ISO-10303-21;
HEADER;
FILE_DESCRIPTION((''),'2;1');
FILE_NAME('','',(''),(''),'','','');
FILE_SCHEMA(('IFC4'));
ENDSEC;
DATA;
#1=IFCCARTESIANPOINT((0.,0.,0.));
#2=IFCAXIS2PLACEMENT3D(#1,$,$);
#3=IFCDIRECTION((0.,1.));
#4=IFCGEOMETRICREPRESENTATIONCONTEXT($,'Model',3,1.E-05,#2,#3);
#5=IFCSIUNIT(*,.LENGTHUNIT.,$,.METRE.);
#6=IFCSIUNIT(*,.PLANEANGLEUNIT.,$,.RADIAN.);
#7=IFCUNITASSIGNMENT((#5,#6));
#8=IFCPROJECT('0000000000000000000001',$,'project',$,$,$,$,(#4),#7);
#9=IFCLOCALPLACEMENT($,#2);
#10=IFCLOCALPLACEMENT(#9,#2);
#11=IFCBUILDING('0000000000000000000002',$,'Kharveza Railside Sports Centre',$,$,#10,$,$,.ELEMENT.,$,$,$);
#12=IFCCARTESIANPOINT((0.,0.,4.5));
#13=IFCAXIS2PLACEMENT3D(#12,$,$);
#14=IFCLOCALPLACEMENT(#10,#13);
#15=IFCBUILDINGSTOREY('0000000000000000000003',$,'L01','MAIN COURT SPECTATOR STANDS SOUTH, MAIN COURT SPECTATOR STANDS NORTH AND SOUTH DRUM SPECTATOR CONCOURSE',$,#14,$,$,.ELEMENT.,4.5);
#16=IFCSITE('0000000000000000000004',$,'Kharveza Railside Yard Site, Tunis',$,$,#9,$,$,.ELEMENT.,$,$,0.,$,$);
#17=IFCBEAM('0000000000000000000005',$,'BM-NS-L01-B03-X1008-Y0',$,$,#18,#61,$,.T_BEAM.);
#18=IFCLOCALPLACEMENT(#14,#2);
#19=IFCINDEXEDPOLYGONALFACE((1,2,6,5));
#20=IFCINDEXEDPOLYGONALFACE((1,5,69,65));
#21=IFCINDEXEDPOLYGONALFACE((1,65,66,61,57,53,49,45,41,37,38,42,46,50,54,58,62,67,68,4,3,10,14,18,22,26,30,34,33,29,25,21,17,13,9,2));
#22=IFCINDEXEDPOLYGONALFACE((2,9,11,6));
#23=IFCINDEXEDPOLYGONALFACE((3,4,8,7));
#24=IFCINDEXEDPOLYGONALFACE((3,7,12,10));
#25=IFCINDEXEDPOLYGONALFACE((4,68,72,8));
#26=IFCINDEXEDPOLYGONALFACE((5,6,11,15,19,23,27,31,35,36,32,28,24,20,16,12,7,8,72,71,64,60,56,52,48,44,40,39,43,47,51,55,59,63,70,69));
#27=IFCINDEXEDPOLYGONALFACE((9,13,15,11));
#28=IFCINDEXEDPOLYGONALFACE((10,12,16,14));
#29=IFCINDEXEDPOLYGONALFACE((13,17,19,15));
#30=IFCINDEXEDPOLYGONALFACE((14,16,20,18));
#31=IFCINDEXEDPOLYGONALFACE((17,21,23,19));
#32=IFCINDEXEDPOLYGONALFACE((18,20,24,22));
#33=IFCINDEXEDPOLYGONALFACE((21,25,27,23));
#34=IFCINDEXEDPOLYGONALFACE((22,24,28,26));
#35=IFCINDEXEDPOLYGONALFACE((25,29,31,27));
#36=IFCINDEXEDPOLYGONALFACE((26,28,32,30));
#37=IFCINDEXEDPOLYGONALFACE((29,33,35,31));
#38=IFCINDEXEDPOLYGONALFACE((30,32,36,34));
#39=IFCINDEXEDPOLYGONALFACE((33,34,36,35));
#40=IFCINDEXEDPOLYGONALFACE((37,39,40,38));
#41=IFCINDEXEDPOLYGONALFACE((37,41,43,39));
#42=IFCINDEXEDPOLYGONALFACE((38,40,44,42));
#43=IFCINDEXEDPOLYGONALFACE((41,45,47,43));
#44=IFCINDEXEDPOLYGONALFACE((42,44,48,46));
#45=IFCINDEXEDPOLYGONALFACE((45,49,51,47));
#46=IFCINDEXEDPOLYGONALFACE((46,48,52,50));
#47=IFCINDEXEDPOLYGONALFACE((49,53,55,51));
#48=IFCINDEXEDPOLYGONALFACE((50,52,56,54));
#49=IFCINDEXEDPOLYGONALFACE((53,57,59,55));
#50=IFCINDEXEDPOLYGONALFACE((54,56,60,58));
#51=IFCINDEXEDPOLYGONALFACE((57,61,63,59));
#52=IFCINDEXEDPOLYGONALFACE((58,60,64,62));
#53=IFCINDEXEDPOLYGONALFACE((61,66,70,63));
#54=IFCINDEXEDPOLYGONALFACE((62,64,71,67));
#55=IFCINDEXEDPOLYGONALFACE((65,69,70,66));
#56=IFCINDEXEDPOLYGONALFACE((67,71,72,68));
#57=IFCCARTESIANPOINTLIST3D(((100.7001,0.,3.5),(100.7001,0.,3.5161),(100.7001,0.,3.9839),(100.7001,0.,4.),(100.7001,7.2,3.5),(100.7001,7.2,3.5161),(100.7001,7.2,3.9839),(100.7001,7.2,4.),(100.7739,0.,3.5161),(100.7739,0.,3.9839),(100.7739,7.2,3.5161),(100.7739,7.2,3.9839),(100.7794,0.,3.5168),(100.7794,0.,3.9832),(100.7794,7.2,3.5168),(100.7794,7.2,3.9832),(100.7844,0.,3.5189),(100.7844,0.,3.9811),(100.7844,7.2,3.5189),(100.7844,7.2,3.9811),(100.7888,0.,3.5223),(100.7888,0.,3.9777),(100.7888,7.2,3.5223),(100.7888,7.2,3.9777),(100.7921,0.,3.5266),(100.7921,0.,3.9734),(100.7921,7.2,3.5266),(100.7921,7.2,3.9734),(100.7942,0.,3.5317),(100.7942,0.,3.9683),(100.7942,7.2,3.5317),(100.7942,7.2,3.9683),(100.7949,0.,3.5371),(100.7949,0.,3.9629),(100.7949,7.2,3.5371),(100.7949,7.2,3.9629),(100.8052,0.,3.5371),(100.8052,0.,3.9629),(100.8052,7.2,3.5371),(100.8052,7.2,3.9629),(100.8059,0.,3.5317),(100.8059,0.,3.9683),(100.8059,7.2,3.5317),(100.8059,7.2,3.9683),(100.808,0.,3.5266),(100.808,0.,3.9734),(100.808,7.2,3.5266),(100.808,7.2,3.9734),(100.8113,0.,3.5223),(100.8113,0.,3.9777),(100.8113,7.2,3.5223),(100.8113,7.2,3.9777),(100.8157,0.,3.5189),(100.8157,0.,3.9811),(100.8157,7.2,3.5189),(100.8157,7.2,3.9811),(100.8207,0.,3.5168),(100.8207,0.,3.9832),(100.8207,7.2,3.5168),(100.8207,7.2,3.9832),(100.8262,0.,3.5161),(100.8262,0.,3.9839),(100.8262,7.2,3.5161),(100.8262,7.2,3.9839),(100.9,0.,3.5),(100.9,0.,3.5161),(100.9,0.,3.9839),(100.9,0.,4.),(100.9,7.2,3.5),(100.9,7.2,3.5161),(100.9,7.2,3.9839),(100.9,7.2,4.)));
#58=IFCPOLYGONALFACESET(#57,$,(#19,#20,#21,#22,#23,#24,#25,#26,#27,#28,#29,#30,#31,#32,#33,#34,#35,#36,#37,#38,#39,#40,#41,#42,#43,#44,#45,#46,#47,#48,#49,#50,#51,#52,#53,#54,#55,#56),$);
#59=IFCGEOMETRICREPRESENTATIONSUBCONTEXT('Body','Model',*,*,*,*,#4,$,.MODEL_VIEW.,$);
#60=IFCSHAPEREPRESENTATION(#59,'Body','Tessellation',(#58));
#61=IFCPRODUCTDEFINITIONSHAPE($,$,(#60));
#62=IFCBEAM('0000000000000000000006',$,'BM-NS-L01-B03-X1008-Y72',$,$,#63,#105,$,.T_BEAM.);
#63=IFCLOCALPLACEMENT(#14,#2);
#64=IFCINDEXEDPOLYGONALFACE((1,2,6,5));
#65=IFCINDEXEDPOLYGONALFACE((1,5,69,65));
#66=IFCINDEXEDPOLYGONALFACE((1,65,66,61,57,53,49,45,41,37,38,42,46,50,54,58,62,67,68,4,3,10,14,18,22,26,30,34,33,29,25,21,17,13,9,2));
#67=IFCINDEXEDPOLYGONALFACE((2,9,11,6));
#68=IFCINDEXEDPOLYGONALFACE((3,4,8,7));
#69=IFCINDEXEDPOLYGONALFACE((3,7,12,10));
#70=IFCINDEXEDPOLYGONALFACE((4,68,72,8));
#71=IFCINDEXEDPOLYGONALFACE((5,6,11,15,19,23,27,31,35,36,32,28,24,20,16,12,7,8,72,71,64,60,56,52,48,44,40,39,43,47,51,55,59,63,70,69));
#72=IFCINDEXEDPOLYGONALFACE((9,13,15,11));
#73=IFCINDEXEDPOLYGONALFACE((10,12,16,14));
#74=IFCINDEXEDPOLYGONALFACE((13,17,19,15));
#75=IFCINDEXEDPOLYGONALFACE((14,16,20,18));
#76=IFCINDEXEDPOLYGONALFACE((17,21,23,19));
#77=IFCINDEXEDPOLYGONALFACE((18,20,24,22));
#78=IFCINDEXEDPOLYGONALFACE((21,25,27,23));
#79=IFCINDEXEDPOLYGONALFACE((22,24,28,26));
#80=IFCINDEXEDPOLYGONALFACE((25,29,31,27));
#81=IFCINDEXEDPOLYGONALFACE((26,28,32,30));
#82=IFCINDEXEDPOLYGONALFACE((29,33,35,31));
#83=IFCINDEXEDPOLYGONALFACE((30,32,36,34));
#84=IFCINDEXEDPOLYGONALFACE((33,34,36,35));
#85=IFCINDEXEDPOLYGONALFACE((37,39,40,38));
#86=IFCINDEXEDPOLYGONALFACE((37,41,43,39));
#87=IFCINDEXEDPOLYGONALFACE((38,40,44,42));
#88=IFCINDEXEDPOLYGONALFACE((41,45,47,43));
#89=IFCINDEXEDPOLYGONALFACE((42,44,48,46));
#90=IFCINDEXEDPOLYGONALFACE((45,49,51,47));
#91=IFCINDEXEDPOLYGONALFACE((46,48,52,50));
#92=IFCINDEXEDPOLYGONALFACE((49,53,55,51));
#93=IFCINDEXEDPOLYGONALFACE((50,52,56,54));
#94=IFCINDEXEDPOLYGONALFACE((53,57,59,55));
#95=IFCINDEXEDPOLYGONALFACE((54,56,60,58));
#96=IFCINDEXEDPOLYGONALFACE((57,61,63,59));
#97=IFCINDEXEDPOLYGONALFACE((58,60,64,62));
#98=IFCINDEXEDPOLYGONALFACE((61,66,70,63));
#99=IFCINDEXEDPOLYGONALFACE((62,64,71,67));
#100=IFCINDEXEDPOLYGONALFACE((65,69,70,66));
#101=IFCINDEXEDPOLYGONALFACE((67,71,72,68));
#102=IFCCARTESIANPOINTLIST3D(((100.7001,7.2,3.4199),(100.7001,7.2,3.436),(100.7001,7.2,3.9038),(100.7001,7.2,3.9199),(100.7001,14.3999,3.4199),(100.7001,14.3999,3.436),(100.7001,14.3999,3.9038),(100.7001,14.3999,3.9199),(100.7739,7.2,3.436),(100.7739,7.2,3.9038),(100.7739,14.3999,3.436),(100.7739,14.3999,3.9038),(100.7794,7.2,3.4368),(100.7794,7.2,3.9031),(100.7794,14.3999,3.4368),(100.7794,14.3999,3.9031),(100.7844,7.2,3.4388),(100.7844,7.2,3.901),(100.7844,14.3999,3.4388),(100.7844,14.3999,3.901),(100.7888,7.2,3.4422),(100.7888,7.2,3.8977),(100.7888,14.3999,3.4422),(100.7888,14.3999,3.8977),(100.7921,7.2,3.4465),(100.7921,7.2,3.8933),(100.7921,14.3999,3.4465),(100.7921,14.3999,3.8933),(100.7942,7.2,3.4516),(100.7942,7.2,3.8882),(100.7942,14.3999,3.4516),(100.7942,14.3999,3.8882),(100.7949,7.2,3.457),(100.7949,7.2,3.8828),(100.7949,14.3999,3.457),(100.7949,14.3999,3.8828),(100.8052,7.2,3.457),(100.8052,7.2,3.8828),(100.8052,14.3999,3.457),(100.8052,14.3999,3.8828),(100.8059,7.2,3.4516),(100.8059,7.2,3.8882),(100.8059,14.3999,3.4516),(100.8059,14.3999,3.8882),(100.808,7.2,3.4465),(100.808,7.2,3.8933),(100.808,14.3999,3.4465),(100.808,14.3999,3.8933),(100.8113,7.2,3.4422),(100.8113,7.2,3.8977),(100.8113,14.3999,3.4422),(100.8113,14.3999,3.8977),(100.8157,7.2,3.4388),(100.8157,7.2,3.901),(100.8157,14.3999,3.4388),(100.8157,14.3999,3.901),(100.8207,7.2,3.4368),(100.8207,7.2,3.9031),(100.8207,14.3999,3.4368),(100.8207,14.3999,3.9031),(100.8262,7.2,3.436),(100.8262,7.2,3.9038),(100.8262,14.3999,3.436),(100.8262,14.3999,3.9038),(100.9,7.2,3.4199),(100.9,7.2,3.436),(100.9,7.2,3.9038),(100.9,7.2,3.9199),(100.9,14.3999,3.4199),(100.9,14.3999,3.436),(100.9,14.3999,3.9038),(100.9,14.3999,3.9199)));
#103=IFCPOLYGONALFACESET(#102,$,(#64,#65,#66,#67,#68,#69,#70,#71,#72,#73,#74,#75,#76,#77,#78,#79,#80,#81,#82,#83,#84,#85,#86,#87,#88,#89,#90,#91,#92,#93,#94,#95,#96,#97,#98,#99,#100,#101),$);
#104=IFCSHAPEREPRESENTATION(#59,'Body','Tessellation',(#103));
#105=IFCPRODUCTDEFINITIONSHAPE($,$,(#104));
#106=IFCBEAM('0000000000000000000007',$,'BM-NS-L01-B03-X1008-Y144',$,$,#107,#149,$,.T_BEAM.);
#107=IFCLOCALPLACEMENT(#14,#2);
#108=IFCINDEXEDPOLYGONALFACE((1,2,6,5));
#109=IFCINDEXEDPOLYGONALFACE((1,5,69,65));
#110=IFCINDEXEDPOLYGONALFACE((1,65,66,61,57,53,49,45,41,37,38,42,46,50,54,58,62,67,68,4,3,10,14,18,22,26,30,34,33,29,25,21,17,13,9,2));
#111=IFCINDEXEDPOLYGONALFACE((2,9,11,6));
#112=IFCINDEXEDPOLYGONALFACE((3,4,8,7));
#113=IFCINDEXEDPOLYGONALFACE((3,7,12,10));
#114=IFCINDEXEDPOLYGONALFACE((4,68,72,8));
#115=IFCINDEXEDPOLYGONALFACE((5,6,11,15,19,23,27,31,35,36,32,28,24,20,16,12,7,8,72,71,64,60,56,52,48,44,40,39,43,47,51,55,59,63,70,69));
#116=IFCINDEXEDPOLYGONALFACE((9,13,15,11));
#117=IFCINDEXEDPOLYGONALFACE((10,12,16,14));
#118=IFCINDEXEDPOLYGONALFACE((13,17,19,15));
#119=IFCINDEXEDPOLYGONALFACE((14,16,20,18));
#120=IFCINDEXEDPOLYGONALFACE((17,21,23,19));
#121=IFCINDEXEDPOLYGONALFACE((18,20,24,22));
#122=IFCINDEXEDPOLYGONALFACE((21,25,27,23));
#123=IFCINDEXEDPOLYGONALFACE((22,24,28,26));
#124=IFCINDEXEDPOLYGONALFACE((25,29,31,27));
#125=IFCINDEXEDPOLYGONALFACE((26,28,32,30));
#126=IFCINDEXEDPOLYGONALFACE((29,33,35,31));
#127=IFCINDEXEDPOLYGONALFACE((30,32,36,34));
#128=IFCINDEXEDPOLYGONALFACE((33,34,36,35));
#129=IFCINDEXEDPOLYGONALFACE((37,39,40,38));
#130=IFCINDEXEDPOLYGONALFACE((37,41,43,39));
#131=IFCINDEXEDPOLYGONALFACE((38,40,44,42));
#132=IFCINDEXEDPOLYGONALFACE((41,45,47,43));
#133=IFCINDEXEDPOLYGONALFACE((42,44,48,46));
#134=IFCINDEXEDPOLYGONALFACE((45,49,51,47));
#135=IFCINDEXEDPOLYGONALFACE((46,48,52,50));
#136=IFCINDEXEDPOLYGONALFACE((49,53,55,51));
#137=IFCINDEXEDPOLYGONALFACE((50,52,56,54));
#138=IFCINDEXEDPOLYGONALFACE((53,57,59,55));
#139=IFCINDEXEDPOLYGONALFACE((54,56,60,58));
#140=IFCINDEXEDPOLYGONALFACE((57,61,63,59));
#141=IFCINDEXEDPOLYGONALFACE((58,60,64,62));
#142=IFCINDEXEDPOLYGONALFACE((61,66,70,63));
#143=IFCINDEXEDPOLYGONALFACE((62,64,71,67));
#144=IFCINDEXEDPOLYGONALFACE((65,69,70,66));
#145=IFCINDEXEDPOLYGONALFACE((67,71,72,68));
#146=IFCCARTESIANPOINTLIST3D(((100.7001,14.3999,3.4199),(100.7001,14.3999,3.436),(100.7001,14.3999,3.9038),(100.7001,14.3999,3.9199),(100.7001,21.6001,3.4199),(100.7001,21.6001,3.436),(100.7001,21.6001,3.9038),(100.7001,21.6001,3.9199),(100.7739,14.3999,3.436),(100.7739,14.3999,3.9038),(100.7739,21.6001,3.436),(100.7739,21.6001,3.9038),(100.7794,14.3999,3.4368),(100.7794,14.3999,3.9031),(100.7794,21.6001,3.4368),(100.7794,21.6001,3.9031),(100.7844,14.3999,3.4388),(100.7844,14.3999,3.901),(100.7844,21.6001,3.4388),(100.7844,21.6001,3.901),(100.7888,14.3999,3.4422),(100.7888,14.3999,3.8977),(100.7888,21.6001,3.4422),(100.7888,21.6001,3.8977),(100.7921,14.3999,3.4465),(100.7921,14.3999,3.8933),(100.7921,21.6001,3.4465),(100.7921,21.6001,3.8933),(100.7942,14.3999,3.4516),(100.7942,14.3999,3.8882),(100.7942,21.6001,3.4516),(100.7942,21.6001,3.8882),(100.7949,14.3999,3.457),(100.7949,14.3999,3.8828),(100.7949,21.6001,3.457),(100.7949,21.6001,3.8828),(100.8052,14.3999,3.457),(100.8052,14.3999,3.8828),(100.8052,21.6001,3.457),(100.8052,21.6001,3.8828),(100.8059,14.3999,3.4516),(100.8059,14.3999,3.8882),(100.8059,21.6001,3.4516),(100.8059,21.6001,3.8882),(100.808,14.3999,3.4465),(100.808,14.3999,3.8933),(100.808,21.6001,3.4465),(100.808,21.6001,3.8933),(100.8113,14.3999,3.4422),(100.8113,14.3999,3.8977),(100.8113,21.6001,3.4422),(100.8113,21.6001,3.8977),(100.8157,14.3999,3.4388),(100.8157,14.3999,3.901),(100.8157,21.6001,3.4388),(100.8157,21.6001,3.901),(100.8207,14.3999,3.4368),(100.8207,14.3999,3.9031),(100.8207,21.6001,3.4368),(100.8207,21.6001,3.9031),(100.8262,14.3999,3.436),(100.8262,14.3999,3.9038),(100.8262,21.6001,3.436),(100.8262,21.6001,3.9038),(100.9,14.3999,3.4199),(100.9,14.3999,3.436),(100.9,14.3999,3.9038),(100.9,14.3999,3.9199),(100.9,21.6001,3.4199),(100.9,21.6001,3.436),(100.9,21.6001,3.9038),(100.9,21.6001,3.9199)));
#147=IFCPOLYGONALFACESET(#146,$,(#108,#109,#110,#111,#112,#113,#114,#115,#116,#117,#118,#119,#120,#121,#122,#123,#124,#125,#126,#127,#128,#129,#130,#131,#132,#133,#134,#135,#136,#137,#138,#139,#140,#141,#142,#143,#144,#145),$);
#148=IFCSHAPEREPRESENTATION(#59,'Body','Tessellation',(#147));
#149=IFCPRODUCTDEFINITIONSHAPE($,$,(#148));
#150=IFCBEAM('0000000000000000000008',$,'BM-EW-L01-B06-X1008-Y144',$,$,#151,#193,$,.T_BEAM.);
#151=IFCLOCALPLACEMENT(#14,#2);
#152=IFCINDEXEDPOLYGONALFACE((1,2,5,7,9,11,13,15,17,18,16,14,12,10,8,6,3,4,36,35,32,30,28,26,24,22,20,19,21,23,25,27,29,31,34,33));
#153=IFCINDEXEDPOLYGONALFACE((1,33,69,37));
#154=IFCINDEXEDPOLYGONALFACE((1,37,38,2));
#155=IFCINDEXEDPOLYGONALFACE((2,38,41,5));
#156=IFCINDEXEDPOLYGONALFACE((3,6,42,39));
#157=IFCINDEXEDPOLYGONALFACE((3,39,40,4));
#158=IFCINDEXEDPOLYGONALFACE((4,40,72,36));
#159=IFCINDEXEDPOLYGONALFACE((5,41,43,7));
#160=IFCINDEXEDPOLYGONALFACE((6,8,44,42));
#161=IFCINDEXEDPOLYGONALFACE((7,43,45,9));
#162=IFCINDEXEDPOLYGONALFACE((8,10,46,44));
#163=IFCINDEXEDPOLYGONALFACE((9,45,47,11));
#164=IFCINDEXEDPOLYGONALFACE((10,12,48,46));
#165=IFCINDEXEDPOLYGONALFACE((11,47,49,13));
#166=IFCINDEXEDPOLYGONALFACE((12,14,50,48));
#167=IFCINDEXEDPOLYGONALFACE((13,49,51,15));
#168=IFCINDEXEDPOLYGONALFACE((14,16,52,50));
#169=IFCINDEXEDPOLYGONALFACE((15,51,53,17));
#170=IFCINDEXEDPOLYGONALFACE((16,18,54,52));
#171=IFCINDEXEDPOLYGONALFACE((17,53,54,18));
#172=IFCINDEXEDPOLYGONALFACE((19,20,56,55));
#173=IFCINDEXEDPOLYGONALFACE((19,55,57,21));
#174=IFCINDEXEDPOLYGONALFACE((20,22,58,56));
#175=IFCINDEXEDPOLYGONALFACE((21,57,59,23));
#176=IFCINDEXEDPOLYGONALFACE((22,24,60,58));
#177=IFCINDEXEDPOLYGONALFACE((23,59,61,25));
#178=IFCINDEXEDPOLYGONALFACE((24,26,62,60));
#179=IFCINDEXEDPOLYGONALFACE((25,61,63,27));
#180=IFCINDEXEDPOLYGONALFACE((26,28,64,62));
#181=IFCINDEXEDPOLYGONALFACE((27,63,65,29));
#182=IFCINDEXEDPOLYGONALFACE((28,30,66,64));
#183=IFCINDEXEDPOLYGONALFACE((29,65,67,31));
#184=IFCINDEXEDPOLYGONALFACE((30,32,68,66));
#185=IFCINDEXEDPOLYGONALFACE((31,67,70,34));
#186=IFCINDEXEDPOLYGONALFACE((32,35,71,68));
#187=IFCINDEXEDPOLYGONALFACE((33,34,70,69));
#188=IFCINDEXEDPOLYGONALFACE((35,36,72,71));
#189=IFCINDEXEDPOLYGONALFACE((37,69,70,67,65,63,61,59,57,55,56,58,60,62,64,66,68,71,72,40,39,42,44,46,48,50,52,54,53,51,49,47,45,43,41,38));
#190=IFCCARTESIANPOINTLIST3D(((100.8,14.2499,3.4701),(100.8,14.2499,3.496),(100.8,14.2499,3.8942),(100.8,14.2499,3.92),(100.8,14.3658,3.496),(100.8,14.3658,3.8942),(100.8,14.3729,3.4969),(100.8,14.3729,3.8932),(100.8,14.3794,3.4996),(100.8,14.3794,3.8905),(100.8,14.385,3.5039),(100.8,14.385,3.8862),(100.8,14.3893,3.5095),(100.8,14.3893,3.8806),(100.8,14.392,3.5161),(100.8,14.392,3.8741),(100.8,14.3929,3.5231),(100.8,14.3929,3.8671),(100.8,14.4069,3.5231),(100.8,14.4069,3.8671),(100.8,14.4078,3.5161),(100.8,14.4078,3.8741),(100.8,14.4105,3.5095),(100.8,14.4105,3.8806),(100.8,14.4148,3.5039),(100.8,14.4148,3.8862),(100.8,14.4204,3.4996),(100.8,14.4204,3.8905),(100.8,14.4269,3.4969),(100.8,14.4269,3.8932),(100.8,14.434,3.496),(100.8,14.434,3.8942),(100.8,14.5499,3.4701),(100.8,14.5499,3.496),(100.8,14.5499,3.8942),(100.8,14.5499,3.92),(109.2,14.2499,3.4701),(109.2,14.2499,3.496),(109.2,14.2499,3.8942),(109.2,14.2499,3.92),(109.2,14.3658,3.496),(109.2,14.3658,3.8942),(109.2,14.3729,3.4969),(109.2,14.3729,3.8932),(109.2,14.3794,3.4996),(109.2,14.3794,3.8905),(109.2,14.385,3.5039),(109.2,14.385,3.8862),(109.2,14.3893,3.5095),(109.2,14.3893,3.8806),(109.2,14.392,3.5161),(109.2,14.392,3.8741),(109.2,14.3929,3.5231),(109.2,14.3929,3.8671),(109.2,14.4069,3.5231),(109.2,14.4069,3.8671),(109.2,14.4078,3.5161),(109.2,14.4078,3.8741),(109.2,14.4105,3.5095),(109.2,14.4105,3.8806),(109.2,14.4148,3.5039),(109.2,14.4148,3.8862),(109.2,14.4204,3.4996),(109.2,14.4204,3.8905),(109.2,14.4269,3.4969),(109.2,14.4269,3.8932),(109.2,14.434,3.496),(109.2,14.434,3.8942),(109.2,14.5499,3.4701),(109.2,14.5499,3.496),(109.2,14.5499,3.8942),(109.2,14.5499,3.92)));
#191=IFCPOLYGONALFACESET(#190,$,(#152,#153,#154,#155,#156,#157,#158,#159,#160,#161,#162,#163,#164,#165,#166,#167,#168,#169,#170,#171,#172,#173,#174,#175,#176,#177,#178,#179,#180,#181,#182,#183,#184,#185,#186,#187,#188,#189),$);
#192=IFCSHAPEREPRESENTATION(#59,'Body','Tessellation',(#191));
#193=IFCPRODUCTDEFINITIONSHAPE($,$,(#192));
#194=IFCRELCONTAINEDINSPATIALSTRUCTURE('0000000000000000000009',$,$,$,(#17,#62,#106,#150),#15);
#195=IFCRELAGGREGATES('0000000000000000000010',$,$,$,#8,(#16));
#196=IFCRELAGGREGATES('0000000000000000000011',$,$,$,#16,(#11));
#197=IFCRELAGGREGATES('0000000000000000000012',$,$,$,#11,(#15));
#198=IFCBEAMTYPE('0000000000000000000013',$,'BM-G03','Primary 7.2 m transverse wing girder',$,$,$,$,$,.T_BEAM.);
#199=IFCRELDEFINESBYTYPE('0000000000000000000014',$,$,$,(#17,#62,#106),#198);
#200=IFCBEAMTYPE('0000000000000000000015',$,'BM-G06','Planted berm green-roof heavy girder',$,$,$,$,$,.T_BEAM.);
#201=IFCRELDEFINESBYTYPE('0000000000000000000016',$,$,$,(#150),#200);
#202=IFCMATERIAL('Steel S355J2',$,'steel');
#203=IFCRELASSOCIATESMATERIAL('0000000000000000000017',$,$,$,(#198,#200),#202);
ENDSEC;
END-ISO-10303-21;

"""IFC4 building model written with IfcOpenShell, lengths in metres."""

from ifc_helpers import new_model, si_unit, direction, frame, origin, origin_2d, place, context, subcontext, project, spatial, i_section, extrude, material, material_profile, profile_set, type_object, element, save


model = new_model("IFC4")

# Units and contexts
model_context = context("Model", 3, precision=1e-05, world=origin(), true_north=direction((0.0, 1.0)))
body_context = subcontext(model_context, "Body", "Model", "MODEL_VIEW")
ifc_project = project(units=[si_unit("LENGTHUNIT", "METRE"), si_unit("PLANEANGLEUNIT", "RADIAN")], contexts=[model_context])

# Site, building, storey
site_placement = place(None, origin())
site = spatial("IfcSite", under=ifc_project, at=site_placement, Name="Kharveza Railside Yard Site, Tunis", CompositionType="ELEMENT", RefElevation=0.0)
building_placement = place(site_placement, origin())
building = spatial("IfcBuilding", under=site, at=building_placement, Name="Kharveza Railside Sports Centre", CompositionType="ELEMENT")
storey_placement = place(building_placement, frame((0.0, 0.0, 4.5)))
storey = spatial("IfcBuildingStorey", under=building, at=storey_placement, Name="L01", Description="MAIN COURT SPECTATOR STANDS SOUTH, MAIN COURT SPECTATOR STANDS NORTH AND SOUTH DRUM SPECTATOR CONCOURSE", CompositionType="ELEMENT", Elevation=4.5)

# Shared definitions
ifc_material_1 = material(Name="Steel S355J2", Category="steel")

# Beams
ifc_material_profile_1 = material_profile(ifc_material_1, i_section(OverallWidth=0.2, OverallDepth=0.5, WebThickness=0.0103, FlangeThickness=0.0161, FilletRadius=0.021, at=origin_2d()), Name="IPE 500")
ifc_profile_set_1 = profile_set([ifc_material_profile_1], Name="Steel S355J2")
beam_type_1 = type_object("IfcBeamType", Name="BM-G03", Description="Primary 7.2 m transverse wing girder", PredefinedType="T_BEAM", material=ifc_profile_set_1)
for number, where, z_axis, x_axis, name in (
    (1, (100.8, 0.0, 3.75), (0.0, 1.0, 0.0), (-1.0, 0.0, 0.0), "BM-NS-L01-B03-X1008-Y0"),
    (2, (100.8, 7.2, 3.6699), (0.0, 1.0, 0.0), (-1.0, 0.0, 0.0), "BM-NS-L01-B03-X1008-Y72"),
):
    element("IfcBeam", number, at=place(storey_placement, frame(where, z_axis=z_axis, x_axis=x_axis)), inside=storey, type_object=beam_type_1, Name=name, PredefinedType="T_BEAM", context=body_context, shape_type="SweptSolid", body=[
        extrude(i_section(OverallWidth=0.2, OverallDepth=0.5, WebThickness=0.0103, FlangeThickness=0.0161, FilletRadius=0.021, at=origin_2d()), origin(), (0.0, 0.0, 1.0), 7.2),
    ])
beam_1_placement = place(storey_placement, frame((100.8, 14.3999, 3.6699), z_axis=(0.0, 1.0, 0.0), x_axis=(-1.0, 0.0, 0.0)))
element("IfcBeam", 3, at=beam_1_placement, inside=storey, type_object=beam_type_1, Name="BM-NS-L01-B03-X1008-Y144", PredefinedType="T_BEAM", context=body_context, shape_type="SweptSolid", body=[
    extrude(i_section(OverallWidth=0.2, OverallDepth=0.5, WebThickness=0.0103, FlangeThickness=0.0161, FilletRadius=0.021, at=origin_2d()), origin(), (0.0, 0.0, 1.0), 7.2002),
])
ifc_material_profile_2 = material_profile(ifc_material_1, i_section(OverallWidth=0.3, OverallDepth=0.45, WebThickness=0.0139, FlangeThickness=0.0259, FilletRadius=0.0271, at=origin_2d()), Name="HEB 450")
ifc_profile_set_2 = profile_set([ifc_material_profile_2], Name="Steel S355J2")
beam_type_2 = type_object("IfcBeamType", Name="BM-G06", Description="Planted berm green-roof heavy girder", PredefinedType="T_BEAM", material=ifc_profile_set_2)
beam_2_placement = place(storey_placement, frame((100.8, 14.3999, 3.6951), z_axis=(1.0, 0.0, 0.0), x_axis=(0.0, 1.0, 0.0)))
element("IfcBeam", 4, at=beam_2_placement, inside=storey, type_object=beam_type_2, Name="BM-EW-L01-B06-X1008-Y144", PredefinedType="T_BEAM", context=body_context, shape_type="SweptSolid", body=[
    extrude(i_section(OverallWidth=0.3, OverallDepth=0.45, WebThickness=0.0139, FlangeThickness=0.0259, FilletRadius=0.0271, at=origin_2d()), origin(), (0.0, 0.0, 1.0), 8.3999),
])

save(model, "model.ifc")
